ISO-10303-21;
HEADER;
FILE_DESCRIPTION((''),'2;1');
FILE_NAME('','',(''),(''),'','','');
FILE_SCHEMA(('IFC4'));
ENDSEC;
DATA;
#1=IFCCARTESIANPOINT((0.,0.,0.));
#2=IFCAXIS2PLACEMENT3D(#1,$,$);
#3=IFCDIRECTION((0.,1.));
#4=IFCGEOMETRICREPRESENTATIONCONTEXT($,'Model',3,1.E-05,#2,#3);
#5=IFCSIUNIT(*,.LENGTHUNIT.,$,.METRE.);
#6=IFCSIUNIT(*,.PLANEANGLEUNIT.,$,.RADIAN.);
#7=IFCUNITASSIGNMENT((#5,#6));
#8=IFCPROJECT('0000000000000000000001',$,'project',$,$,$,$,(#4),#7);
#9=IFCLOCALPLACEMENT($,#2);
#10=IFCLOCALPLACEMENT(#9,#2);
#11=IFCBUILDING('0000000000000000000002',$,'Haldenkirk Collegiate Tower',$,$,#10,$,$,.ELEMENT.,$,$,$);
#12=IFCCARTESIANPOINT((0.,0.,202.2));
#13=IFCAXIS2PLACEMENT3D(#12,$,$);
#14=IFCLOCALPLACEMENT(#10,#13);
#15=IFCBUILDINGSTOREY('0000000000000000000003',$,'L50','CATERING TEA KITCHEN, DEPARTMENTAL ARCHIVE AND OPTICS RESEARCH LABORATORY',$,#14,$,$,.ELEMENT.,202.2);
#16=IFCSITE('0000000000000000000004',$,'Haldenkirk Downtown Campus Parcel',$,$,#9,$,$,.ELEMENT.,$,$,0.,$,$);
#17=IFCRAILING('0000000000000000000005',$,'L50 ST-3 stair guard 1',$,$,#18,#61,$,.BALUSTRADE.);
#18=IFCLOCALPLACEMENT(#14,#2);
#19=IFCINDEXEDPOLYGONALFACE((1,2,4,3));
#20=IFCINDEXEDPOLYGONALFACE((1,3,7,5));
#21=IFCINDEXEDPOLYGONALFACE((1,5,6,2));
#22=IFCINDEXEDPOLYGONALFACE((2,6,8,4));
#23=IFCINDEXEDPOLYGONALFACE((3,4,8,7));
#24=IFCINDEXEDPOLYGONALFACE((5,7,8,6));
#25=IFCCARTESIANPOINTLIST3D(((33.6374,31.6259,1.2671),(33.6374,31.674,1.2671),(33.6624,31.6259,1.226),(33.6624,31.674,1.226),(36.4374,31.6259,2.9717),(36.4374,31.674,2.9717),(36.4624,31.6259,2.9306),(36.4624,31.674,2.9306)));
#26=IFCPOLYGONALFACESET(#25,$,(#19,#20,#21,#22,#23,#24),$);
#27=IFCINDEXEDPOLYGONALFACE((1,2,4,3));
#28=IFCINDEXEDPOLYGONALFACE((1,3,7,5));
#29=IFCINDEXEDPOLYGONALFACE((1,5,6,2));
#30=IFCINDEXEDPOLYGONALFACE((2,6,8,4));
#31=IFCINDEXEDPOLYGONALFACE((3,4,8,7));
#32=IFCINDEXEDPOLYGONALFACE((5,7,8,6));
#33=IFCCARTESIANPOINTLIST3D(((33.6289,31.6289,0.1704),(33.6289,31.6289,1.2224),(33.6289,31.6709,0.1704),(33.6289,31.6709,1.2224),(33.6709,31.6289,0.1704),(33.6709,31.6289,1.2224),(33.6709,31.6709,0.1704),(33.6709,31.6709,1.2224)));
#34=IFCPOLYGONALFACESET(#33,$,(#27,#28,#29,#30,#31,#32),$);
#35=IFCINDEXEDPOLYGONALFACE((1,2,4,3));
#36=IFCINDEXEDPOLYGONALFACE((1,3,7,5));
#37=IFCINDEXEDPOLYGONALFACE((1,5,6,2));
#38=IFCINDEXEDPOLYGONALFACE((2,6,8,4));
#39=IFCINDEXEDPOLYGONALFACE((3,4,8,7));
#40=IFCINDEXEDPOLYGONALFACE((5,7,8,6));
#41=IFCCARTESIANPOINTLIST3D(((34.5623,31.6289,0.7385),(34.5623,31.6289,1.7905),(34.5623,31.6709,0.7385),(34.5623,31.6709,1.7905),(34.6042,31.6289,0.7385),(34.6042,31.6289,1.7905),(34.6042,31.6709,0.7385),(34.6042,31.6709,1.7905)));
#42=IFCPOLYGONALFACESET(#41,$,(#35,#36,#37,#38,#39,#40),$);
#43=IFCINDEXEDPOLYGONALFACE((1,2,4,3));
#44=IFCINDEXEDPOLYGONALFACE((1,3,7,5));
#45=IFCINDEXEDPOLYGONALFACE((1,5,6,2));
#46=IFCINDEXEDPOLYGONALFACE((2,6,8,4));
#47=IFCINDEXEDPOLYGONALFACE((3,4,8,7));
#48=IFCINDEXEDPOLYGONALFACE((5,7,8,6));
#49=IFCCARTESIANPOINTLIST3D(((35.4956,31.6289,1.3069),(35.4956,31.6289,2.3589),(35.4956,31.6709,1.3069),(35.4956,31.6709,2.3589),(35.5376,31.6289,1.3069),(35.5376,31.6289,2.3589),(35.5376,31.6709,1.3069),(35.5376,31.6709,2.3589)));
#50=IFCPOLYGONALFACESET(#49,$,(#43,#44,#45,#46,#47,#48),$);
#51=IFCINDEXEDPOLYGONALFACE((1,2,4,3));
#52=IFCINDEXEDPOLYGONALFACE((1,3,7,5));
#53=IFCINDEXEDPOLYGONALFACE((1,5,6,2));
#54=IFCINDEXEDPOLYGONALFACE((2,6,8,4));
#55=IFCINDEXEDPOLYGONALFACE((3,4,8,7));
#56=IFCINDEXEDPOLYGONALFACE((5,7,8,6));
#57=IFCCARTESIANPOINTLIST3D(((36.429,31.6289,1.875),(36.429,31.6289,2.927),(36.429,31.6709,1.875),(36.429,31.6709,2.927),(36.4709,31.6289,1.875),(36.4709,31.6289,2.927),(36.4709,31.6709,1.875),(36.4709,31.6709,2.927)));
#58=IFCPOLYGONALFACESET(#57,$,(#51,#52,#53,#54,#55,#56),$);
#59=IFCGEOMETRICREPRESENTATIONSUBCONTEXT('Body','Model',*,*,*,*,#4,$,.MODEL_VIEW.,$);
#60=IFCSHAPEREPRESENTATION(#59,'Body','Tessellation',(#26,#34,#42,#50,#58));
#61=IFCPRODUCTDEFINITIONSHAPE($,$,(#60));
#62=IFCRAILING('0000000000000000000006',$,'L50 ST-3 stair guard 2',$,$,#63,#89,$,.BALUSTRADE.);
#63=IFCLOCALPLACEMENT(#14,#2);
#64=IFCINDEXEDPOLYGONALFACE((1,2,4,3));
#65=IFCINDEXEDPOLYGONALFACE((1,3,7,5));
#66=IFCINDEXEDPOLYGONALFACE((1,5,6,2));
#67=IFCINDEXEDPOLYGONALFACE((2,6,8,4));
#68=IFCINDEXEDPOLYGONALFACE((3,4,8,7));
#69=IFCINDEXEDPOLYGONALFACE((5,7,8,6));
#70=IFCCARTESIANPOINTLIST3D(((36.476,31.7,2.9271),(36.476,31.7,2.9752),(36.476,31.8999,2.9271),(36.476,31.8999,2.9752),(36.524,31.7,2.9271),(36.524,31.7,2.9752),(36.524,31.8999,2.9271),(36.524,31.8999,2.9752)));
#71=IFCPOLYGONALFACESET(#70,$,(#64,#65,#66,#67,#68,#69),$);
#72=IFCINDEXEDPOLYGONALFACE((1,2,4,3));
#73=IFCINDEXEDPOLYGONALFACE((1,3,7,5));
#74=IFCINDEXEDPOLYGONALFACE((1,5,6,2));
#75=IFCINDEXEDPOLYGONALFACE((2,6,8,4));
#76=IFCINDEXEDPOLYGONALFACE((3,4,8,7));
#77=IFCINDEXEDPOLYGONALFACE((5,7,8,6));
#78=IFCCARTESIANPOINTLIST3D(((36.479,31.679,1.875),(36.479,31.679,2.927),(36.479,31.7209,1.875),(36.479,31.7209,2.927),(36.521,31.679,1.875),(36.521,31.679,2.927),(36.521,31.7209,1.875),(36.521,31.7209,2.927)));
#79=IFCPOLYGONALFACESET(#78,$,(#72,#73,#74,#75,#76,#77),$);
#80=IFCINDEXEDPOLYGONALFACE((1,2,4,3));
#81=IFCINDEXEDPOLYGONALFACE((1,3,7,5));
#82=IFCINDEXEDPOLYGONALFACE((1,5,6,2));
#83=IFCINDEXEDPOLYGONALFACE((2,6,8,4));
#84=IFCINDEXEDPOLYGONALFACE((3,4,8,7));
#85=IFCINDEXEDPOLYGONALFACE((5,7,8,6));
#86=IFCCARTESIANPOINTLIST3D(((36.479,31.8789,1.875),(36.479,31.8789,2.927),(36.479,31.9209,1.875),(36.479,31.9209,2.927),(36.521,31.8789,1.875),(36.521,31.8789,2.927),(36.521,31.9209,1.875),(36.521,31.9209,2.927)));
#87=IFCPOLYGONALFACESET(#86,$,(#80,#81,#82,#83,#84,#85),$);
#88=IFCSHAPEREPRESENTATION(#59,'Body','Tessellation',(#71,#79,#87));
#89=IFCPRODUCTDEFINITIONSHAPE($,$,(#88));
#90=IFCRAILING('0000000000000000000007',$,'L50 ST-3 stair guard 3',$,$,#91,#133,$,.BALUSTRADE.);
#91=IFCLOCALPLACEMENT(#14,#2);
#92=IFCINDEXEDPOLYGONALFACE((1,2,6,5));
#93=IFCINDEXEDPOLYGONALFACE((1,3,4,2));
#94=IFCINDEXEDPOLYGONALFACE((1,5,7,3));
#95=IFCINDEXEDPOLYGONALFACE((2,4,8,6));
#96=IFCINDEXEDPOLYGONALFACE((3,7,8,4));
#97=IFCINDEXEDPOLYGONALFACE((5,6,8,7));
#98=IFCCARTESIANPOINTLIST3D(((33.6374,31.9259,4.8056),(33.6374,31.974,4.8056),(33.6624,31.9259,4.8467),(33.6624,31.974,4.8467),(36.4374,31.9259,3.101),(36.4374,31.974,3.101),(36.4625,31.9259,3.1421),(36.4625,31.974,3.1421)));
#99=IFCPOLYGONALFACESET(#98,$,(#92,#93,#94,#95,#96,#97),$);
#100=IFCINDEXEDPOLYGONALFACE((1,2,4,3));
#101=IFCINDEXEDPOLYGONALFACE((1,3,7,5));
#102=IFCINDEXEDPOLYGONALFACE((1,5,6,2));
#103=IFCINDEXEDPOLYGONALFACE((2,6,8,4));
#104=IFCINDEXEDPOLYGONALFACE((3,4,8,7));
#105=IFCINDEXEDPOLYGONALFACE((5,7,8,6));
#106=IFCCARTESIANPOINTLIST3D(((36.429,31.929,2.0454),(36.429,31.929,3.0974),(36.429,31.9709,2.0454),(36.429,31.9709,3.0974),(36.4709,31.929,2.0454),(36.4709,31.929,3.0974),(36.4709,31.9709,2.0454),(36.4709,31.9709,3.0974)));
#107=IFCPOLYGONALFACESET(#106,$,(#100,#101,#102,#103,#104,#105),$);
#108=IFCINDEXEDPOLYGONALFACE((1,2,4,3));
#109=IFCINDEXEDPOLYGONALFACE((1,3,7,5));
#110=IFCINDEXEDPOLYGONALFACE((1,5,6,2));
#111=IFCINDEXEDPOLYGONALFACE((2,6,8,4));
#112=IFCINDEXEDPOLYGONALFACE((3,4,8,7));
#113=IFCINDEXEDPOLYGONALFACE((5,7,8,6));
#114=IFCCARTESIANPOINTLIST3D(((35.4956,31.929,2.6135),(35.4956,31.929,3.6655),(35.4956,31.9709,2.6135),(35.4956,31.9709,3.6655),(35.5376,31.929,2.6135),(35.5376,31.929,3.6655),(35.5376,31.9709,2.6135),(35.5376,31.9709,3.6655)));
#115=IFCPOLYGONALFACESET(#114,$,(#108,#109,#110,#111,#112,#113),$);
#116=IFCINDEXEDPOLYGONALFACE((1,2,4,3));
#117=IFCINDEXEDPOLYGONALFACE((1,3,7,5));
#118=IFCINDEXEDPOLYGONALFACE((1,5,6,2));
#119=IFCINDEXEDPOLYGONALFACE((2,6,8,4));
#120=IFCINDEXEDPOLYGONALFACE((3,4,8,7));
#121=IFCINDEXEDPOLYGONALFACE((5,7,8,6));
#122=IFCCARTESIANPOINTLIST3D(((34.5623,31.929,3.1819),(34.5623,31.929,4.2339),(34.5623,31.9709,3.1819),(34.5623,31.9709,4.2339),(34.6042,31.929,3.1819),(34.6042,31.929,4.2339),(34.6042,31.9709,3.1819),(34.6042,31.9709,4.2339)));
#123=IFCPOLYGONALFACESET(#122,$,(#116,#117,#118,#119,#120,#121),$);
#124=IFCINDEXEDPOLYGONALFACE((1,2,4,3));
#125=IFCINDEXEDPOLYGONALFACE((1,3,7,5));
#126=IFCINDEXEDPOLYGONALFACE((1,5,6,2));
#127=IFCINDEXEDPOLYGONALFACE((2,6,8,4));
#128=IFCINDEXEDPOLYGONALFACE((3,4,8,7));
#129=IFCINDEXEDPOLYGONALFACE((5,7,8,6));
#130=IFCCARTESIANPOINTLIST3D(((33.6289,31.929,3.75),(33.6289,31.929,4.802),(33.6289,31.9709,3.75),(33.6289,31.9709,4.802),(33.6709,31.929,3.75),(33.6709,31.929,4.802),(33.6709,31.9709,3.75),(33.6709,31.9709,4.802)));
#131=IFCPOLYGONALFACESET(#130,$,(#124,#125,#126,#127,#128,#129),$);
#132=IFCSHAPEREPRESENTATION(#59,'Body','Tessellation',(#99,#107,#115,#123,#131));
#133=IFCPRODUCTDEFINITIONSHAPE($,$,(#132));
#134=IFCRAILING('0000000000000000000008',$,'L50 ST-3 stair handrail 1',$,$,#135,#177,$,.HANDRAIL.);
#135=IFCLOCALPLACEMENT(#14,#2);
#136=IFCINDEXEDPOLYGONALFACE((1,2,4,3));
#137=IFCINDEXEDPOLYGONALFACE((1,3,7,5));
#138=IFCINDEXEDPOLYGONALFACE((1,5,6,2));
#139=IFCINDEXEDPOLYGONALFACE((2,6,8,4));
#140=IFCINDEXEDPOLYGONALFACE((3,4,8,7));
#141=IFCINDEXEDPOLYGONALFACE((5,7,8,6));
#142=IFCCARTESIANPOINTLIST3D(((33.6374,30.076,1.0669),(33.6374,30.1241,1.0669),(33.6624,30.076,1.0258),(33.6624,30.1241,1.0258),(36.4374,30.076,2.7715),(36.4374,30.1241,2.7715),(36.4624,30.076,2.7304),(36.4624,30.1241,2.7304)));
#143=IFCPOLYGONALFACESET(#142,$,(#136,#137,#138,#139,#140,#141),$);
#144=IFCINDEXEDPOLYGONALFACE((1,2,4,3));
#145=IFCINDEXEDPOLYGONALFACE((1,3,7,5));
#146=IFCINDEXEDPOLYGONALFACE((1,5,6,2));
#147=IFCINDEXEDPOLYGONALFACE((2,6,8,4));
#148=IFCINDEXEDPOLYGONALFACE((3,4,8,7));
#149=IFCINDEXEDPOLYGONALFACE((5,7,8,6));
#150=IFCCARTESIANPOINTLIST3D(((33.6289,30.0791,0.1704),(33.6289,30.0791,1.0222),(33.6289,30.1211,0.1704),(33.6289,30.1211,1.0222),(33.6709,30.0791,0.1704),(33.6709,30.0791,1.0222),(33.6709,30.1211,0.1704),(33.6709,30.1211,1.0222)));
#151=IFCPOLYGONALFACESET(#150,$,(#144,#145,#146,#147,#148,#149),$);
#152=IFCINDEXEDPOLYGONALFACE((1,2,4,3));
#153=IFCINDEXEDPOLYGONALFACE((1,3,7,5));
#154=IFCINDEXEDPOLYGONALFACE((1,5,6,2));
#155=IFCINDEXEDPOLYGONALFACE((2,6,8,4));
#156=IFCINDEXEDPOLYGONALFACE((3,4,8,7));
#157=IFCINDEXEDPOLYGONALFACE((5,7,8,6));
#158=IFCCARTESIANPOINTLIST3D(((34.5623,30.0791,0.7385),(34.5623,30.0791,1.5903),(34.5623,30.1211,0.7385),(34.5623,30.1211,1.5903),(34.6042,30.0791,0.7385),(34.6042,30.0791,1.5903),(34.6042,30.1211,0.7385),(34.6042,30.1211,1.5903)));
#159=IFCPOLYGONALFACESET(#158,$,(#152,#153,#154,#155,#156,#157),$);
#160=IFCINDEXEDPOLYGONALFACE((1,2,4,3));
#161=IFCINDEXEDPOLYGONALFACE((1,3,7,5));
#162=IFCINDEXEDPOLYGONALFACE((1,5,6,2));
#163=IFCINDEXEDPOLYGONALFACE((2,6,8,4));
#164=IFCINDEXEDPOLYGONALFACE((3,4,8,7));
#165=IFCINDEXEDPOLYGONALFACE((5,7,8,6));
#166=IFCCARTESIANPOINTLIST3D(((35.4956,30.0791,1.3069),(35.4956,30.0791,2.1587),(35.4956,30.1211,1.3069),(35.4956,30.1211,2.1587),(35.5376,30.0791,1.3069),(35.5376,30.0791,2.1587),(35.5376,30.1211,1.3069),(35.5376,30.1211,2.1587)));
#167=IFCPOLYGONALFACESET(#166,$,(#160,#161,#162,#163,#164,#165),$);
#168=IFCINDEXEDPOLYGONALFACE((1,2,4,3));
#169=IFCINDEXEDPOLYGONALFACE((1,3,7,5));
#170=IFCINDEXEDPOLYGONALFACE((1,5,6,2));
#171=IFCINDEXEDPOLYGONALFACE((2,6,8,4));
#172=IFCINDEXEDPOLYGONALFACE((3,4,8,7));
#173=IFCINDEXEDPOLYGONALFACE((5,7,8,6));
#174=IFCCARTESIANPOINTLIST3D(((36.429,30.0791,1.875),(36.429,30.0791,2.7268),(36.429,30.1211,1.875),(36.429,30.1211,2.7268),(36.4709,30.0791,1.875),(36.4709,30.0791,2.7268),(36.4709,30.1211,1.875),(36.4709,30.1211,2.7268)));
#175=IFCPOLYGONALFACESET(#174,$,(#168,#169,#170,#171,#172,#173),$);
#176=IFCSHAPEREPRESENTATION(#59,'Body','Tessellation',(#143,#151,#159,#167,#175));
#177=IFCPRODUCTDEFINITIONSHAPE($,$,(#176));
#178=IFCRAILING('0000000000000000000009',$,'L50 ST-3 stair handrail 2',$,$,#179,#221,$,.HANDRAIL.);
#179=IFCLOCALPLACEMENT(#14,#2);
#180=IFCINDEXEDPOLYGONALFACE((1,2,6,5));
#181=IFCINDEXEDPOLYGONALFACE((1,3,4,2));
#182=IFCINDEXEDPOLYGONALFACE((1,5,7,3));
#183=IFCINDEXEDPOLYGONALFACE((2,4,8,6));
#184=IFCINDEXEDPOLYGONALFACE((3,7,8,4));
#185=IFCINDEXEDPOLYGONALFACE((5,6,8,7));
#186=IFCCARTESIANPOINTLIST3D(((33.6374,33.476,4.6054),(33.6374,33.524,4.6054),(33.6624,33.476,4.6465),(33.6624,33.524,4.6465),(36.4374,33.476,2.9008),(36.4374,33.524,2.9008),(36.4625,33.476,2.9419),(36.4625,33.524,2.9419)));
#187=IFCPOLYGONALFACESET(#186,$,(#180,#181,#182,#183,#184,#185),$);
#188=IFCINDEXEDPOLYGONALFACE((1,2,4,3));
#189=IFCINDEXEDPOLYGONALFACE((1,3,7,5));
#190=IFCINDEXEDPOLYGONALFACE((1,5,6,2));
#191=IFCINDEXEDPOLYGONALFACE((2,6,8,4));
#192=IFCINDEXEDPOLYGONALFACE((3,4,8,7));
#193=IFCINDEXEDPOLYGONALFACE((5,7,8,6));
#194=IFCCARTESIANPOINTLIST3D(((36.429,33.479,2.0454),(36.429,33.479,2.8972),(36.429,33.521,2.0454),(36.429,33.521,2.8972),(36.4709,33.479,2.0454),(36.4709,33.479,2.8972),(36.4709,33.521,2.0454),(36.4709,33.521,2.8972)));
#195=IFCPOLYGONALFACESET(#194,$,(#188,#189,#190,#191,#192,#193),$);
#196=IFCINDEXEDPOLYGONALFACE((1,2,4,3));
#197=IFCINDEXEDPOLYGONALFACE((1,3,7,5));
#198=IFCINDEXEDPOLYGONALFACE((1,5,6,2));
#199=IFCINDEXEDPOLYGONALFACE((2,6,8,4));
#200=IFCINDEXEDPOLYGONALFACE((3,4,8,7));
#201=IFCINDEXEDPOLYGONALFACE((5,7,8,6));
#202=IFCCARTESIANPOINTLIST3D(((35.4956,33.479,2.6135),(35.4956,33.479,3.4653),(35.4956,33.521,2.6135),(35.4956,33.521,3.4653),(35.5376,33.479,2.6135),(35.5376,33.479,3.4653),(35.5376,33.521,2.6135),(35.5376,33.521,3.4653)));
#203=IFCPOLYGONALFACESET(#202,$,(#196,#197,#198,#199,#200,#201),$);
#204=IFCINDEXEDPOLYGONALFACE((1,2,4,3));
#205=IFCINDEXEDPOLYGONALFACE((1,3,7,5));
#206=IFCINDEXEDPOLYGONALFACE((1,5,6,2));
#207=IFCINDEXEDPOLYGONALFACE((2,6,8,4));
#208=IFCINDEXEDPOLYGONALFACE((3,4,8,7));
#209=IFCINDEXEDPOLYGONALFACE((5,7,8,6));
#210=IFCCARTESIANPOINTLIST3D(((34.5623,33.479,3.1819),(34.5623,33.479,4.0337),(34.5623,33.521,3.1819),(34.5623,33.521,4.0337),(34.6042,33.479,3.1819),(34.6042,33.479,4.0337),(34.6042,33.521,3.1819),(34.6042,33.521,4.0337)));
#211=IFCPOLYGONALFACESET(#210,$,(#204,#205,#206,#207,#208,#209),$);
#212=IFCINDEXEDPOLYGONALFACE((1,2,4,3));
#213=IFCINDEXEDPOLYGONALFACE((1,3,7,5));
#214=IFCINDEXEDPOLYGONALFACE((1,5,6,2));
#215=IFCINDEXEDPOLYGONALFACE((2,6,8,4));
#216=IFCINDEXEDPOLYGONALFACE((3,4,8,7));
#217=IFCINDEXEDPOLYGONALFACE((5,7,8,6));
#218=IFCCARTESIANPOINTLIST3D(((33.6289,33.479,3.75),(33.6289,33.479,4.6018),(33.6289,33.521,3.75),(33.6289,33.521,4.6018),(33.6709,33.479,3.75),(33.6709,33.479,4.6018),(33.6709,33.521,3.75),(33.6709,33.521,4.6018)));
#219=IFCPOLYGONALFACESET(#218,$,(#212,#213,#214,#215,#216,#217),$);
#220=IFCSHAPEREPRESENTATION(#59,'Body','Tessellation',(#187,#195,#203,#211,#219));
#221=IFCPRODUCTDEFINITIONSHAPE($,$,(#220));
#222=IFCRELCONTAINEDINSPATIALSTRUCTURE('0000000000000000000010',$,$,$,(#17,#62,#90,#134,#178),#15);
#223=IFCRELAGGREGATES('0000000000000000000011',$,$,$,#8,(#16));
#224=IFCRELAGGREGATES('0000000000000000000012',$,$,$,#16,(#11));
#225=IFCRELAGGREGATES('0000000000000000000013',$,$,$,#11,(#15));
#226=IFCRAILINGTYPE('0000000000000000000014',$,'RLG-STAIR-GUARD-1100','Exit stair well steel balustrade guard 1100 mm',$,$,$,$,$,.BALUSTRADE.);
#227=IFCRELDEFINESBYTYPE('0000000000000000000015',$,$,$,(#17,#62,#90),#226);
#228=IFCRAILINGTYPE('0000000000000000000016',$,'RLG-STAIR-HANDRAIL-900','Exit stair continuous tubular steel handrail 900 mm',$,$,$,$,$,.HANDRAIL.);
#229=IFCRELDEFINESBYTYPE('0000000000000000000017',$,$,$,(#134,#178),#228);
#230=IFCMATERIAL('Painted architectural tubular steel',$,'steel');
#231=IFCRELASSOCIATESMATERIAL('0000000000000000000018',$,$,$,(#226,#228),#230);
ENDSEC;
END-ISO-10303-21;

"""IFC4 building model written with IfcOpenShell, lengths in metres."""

from ifc_helpers import new_model, si_unit, direction, frame, origin, origin_2d, place, context, subcontext, project, spatial, rectangle, extrude, material, type_object, element, save


model = new_model("IFC4")

# Units and contexts
model_context = context("Model", 3, precision=1e-05, world=origin(), true_north=direction((0.0, 1.0)))
body_context = subcontext(model_context, "Body", "Model", "MODEL_VIEW")
ifc_project = project(units=[si_unit("LENGTHUNIT", "METRE"), si_unit("PLANEANGLEUNIT", "RADIAN")], contexts=[model_context])

# Site, building, storey
site_placement = place(None, origin())
site = spatial("IfcSite", under=ifc_project, at=site_placement, Name="Haldenkirk Downtown Campus Parcel", CompositionType="ELEMENT", RefElevation=0.0)
building_placement = place(site_placement, origin())
building = spatial("IfcBuilding", under=site, at=building_placement, Name="Haldenkirk Collegiate Tower", CompositionType="ELEMENT")
storey_placement = place(building_placement, frame((0.0, 0.0, 202.2)))
storey = spatial("IfcBuildingStorey", under=building, at=storey_placement, Name="L50", Description="CATERING TEA KITCHEN, DEPARTMENTAL ARCHIVE AND OPTICS RESEARCH LABORATORY", CompositionType="ELEMENT", Elevation=202.2)

# Railings
ifc_material_1 = material(Name="Painted architectural tubular steel", Category="steel")
railing_type_1 = type_object("IfcRailingType", Name="RLG-STAIR-GUARD-1100", Description="Exit stair well steel balustrade guard 1100 mm", PredefinedType="BALUSTRADE", material=ifc_material_1)
railing_1_placement = place(storey_placement, frame((33.6499, 31.6499, 0.1704)))
element("IfcRailing", 1, at=railing_1_placement, inside=storey, type_object=railing_type_1, Name="L50 ST-3 stair guard 1", PredefinedType="BALUSTRADE", context=body_context, shape_type="SweptSolid", body=[
    extrude(rectangle(XDim=0.0481, YDim=0.0481, at=origin_2d()), frame((0.0, 0.0, 1.0762), z_axis=(0.85417, 0.0, 0.519994), x_axis=(0.0, 1.0, 0.0)), (0.0, 0.0, 1.0), 3.2781),
    extrude(rectangle(XDim=0.042, YDim=0.042, at=origin_2d()), origin(), (0.0, 0.0, 1.0), 1.052),
    extrude(rectangle(XDim=0.042, YDim=0.042, at=origin_2d()), frame((0.9333, 0.0, 0.5681)), (0.0, 0.0, 1.0), 1.052),
    extrude(rectangle(XDim=0.042, YDim=0.042, at=origin_2d()), frame((1.8667, 0.0, 1.1365)), (0.0, 0.0, 1.0), 1.052),
    extrude(rectangle(XDim=0.042, YDim=0.042, at=origin_2d()), frame((2.8, 0.0, 1.7046)), (0.0, 0.0, 1.0), 1.052),
])
railing_2_placement = place(storey_placement, frame((36.5, 31.7, 1.875)))
element("IfcRailing", 2, at=railing_2_placement, inside=storey, type_object=railing_type_1, Name="L50 ST-3 stair guard 2", PredefinedType="BALUSTRADE", context=body_context, shape_type="SweptSolid", body=[
    extrude(rectangle(XDim=0.0481, YDim=0.0481, at=origin_2d()), frame((0.0, 0.0, 1.0762), z_axis=(0.0, 1.0, 0.0), x_axis=(-1.0, 0.0, 0.0)), (0.0, 0.0, 1.0), 0.2),
    extrude(rectangle(XDim=0.042, YDim=0.042, at=origin_2d()), origin(), (0.0, 0.0, 1.0), 1.052),
    extrude(rectangle(XDim=0.042, YDim=0.042, at=origin_2d()), frame((0.0, 0.2, 0.0)), (0.0, 0.0, 1.0), 1.052),
])
railing_3_placement = place(storey_placement, frame((36.45, 31.95, 2.0454)))
element("IfcRailing", 3, at=railing_3_placement, inside=storey, type_object=railing_type_1, Name="L50 ST-3 stair guard 3", PredefinedType="BALUSTRADE", context=body_context, shape_type="SweptSolid", body=[
    extrude(rectangle(XDim=0.0481, YDim=0.0481, at=origin_2d()), frame((0.0, 0.0, 1.0762), z_axis=(-0.85417, 0.0, 0.519994), x_axis=(0.0, -1.0, 0.0)), (0.0, 0.0, 1.0), 3.2781),
    extrude(rectangle(XDim=0.042, YDim=0.042, at=origin_2d()), origin(), (0.0, 0.0, 1.0), 1.052),
    extrude(rectangle(XDim=0.042, YDim=0.042, at=origin_2d()), frame((-0.9333, 0.0, 0.5681)), (0.0, 0.0, 1.0), 1.052),
    extrude(rectangle(XDim=0.042, YDim=0.042, at=origin_2d()), frame((-1.8667, 0.0, 1.1365)), (0.0, 0.0, 1.0), 1.052),
    extrude(rectangle(XDim=0.042, YDim=0.042, at=origin_2d()), frame((-2.8, 0.0, 1.7046)), (0.0, 0.0, 1.0), 1.052),
])
railing_type_2 = type_object("IfcRailingType", Name="RLG-STAIR-HANDRAIL-900", Description="Exit stair continuous tubular steel handrail 900 mm", PredefinedType="HANDRAIL", material=ifc_material_1)
railing_4_placement = place(storey_placement, frame((33.6499, 30.1001, 0.1704)))
element("IfcRailing", 4, at=railing_4_placement, inside=storey, type_object=railing_type_2, Name="L50 ST-3 stair handrail 1", PredefinedType="HANDRAIL", context=body_context, shape_type="SweptSolid", body=[
    extrude(rectangle(XDim=0.0481, YDim=0.0481, at=origin_2d()), frame((0.0, 0.0, 0.876), z_axis=(0.85417, 0.0, 0.519994), x_axis=(0.0, 1.0, 0.0)), (0.0, 0.0, 1.0), 3.2781),
    extrude(rectangle(XDim=0.042, YDim=0.042, at=origin_2d()), origin(), (0.0, 0.0, 1.0), 0.8518),
    extrude(rectangle(XDim=0.042, YDim=0.042, at=origin_2d()), frame((0.9333, 0.0, 0.5681)), (0.0, 0.0, 1.0), 0.8518),
    extrude(rectangle(XDim=0.042, YDim=0.042, at=origin_2d()), frame((1.8667, 0.0, 1.1365)), (0.0, 0.0, 1.0), 0.8518),
    extrude(rectangle(XDim=0.042, YDim=0.042, at=origin_2d()), frame((2.8, 0.0, 1.7046)), (0.0, 0.0, 1.0), 0.8518),
])
railing_5_placement = place(storey_placement, frame((36.45, 33.5, 2.0454)))
element("IfcRailing", 5, at=railing_5_placement, inside=storey, type_object=railing_type_2, Name="L50 ST-3 stair handrail 2", PredefinedType="HANDRAIL", context=body_context, shape_type="SweptSolid", body=[
    extrude(rectangle(XDim=0.0481, YDim=0.0481, at=origin_2d()), frame((0.0, 0.0, 0.876), z_axis=(-0.85417, 0.0, 0.519994), x_axis=(0.0, -1.0, 0.0)), (0.0, 0.0, 1.0), 3.2781),
    extrude(rectangle(XDim=0.042, YDim=0.042, at=origin_2d()), origin(), (0.0, 0.0, 1.0), 0.8518),
    extrude(rectangle(XDim=0.042, YDim=0.042, at=origin_2d()), frame((-0.9333, 0.0, 0.5681)), (0.0, 0.0, 1.0), 0.8518),
    extrude(rectangle(XDim=0.042, YDim=0.042, at=origin_2d()), frame((-1.8667, 0.0, 1.1365)), (0.0, 0.0, 1.0), 0.8518),
    extrude(rectangle(XDim=0.042, YDim=0.042, at=origin_2d()), frame((-2.8, 0.0, 1.7046)), (0.0, 0.0, 1.0), 0.8518),
])

save(model, "model.ifc")
